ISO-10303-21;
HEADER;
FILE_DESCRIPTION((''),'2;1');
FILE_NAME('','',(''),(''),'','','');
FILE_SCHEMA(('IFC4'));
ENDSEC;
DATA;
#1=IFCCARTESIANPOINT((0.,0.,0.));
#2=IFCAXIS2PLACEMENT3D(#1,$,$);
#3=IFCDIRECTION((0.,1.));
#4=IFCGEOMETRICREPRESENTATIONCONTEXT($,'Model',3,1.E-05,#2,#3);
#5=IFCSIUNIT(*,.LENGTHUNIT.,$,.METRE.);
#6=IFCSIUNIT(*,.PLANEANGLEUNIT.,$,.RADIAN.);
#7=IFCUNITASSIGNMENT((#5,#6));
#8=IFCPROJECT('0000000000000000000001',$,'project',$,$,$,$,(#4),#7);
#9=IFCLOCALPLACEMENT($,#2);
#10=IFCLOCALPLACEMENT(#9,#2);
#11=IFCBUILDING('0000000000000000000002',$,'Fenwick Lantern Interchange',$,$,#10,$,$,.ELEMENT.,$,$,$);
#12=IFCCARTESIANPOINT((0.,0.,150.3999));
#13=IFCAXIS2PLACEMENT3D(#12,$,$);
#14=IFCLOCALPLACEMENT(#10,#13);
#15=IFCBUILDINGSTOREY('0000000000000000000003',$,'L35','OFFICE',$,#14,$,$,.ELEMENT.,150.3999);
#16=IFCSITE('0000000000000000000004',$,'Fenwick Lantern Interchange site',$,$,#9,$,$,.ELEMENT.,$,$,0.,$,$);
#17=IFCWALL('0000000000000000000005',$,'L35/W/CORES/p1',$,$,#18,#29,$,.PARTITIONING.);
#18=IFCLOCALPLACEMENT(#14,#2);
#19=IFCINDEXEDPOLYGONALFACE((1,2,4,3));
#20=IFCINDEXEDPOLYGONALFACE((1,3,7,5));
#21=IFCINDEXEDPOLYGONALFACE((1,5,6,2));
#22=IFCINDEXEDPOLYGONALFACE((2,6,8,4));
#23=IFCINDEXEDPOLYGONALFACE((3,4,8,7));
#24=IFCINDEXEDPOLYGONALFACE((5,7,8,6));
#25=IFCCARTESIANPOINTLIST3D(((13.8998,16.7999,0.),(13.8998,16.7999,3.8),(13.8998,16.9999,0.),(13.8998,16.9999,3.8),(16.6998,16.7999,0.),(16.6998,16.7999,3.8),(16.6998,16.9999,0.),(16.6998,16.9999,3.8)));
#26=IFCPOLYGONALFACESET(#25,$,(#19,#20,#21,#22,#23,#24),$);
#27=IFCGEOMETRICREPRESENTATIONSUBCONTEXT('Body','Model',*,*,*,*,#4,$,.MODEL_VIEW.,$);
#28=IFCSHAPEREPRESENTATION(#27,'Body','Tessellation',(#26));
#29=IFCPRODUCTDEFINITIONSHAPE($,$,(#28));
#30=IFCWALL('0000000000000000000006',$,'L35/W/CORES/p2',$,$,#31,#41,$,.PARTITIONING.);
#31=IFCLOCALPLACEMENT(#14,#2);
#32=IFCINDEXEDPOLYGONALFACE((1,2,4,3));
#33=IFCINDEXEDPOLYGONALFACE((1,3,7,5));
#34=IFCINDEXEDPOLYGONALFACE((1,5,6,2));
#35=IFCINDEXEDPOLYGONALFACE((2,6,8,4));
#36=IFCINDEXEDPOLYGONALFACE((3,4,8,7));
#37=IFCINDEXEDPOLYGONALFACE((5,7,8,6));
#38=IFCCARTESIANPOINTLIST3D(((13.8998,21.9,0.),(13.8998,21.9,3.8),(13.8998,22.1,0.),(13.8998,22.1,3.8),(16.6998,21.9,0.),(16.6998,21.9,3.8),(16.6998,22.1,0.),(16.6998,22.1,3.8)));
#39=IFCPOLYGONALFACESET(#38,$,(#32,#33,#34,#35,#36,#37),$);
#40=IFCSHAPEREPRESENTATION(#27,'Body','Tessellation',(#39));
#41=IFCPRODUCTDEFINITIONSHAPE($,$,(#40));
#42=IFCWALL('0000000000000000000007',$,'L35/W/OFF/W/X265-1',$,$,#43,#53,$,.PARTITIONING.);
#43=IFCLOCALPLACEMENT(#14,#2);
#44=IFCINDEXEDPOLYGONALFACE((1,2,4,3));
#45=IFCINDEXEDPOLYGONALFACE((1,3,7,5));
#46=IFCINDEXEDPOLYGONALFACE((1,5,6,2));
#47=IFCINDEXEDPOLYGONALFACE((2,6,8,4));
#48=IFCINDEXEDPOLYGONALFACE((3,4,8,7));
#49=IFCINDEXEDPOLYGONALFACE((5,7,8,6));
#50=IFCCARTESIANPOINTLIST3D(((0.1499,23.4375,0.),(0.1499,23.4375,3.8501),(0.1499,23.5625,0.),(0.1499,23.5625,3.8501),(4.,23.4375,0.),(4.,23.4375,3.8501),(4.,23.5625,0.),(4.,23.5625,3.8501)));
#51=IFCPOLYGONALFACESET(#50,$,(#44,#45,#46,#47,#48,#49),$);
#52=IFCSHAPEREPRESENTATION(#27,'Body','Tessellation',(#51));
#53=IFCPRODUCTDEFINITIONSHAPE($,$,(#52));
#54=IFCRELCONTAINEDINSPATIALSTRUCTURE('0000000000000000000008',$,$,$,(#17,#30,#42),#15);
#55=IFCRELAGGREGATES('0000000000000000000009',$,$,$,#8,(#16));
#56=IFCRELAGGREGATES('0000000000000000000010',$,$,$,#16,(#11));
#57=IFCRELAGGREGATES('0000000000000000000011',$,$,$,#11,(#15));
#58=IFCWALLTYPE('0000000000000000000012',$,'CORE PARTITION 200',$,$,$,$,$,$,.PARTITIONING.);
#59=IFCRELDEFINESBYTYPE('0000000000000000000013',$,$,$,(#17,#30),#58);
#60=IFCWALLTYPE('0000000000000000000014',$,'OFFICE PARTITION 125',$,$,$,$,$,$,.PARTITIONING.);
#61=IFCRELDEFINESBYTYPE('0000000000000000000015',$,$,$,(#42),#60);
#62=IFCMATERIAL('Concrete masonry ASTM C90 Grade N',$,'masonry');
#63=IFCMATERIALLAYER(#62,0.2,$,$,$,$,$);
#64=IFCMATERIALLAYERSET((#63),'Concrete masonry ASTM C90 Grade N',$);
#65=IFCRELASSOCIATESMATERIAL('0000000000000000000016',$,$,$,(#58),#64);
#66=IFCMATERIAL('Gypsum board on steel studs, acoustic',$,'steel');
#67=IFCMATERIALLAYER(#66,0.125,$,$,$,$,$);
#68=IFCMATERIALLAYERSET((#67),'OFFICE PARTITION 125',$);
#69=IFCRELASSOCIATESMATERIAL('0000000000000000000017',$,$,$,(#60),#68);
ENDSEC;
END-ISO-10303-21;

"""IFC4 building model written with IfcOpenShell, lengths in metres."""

from ifc_helpers import new_model, si_unit, direction, frame, frame_2d, origin, place, context, subcontext, project, spatial, rectangle, extrude, material, layer, layer_set, type_object, element, save


model = new_model("IFC4")

# Units and contexts
model_context = context("Model", 3, precision=1e-05, world=origin(), true_north=direction((0.0, 1.0)))
body_context = subcontext(model_context, "Body", "Model", "MODEL_VIEW")
ifc_project = project(units=[si_unit("LENGTHUNIT", "METRE"), si_unit("PLANEANGLEUNIT", "RADIAN")], contexts=[model_context])

# Site, building, storey
site_placement = place(None, origin())
site = spatial("IfcSite", under=ifc_project, at=site_placement, Name="Fenwick Lantern Interchange site", CompositionType="ELEMENT", RefElevation=0.0)
building_placement = place(site_placement, origin())
building = spatial("IfcBuilding", under=site, at=building_placement, Name="Fenwick Lantern Interchange", CompositionType="ELEMENT")
storey_placement = place(building_placement, frame((0.0, 0.0, 150.3999)))
storey = spatial("IfcBuildingStorey", under=building, at=storey_placement, Name="L35", Description="OFFICE", CompositionType="ELEMENT", Elevation=150.3999)

# Walls
ifc_material_1 = material(Name="Concrete masonry ASTM C90 Grade N", Category="masonry")
ifc_layer_1 = layer(ifc_material_1, 0.2)
ifc_layer_set_1 = layer_set([ifc_layer_1], Name="Concrete masonry ASTM C90 Grade N")
wall_type_1 = type_object("IfcWallType", Name="CORE PARTITION 200", PredefinedType="PARTITIONING", material=ifc_layer_set_1)
for number, where, z_axis, x_axis, name in (
    (1, (13.8999, 16.8999, 0.0), (0.0, 0.0, 1.0), (1.0, 0.0, 0.0), "L35/W/CORES/p1"),
    (2, (13.8999, 22.0, 0.0), (0.0, 0.0, 1.0), (1.0, 0.0, 0.0), "L35/W/CORES/p2"),
):
    element("IfcWall", number, at=place(storey_placement, frame(where, z_axis=z_axis, x_axis=x_axis)), inside=storey, type_object=wall_type_1, Name=name, PredefinedType="PARTITIONING", context=body_context, shape_type="SweptSolid", body=[
        extrude(rectangle(XDim=2.8, YDim=0.2, at=frame_2d((1.3999, 0.0))), origin(), (0.0, 0.0, 1.0), 3.8),
    ])

# Wall
ifc_material_2 = material(Name="Gypsum board on steel studs, acoustic", Category="steel")
ifc_layer_2 = layer(ifc_material_2, 0.125)
ifc_layer_set_2 = layer_set([ifc_layer_2], Name="OFFICE PARTITION 125")
wall_type_2 = type_object("IfcWallType", Name="OFFICE PARTITION 125", PredefinedType="PARTITIONING", material=ifc_layer_set_2)
wall_1_placement = place(storey_placement, frame((0.1499, 23.5, 0.0), z_axis=(0.0, 0.0, 1.0), x_axis=(1.0, 0.0, 0.0)))
element("IfcWall", 3, at=wall_1_placement, inside=storey, type_object=wall_type_2, Name="L35/W/OFF/W/X265-1", PredefinedType="PARTITIONING", context=body_context, shape_type="SweptSolid", body=[
    extrude(rectangle(XDim=3.8501, YDim=0.125, at=frame_2d((1.925, 0.0))), origin(), (0.0, 0.0, 1.0), 3.8501),
])

save(model, "model.ifc")
